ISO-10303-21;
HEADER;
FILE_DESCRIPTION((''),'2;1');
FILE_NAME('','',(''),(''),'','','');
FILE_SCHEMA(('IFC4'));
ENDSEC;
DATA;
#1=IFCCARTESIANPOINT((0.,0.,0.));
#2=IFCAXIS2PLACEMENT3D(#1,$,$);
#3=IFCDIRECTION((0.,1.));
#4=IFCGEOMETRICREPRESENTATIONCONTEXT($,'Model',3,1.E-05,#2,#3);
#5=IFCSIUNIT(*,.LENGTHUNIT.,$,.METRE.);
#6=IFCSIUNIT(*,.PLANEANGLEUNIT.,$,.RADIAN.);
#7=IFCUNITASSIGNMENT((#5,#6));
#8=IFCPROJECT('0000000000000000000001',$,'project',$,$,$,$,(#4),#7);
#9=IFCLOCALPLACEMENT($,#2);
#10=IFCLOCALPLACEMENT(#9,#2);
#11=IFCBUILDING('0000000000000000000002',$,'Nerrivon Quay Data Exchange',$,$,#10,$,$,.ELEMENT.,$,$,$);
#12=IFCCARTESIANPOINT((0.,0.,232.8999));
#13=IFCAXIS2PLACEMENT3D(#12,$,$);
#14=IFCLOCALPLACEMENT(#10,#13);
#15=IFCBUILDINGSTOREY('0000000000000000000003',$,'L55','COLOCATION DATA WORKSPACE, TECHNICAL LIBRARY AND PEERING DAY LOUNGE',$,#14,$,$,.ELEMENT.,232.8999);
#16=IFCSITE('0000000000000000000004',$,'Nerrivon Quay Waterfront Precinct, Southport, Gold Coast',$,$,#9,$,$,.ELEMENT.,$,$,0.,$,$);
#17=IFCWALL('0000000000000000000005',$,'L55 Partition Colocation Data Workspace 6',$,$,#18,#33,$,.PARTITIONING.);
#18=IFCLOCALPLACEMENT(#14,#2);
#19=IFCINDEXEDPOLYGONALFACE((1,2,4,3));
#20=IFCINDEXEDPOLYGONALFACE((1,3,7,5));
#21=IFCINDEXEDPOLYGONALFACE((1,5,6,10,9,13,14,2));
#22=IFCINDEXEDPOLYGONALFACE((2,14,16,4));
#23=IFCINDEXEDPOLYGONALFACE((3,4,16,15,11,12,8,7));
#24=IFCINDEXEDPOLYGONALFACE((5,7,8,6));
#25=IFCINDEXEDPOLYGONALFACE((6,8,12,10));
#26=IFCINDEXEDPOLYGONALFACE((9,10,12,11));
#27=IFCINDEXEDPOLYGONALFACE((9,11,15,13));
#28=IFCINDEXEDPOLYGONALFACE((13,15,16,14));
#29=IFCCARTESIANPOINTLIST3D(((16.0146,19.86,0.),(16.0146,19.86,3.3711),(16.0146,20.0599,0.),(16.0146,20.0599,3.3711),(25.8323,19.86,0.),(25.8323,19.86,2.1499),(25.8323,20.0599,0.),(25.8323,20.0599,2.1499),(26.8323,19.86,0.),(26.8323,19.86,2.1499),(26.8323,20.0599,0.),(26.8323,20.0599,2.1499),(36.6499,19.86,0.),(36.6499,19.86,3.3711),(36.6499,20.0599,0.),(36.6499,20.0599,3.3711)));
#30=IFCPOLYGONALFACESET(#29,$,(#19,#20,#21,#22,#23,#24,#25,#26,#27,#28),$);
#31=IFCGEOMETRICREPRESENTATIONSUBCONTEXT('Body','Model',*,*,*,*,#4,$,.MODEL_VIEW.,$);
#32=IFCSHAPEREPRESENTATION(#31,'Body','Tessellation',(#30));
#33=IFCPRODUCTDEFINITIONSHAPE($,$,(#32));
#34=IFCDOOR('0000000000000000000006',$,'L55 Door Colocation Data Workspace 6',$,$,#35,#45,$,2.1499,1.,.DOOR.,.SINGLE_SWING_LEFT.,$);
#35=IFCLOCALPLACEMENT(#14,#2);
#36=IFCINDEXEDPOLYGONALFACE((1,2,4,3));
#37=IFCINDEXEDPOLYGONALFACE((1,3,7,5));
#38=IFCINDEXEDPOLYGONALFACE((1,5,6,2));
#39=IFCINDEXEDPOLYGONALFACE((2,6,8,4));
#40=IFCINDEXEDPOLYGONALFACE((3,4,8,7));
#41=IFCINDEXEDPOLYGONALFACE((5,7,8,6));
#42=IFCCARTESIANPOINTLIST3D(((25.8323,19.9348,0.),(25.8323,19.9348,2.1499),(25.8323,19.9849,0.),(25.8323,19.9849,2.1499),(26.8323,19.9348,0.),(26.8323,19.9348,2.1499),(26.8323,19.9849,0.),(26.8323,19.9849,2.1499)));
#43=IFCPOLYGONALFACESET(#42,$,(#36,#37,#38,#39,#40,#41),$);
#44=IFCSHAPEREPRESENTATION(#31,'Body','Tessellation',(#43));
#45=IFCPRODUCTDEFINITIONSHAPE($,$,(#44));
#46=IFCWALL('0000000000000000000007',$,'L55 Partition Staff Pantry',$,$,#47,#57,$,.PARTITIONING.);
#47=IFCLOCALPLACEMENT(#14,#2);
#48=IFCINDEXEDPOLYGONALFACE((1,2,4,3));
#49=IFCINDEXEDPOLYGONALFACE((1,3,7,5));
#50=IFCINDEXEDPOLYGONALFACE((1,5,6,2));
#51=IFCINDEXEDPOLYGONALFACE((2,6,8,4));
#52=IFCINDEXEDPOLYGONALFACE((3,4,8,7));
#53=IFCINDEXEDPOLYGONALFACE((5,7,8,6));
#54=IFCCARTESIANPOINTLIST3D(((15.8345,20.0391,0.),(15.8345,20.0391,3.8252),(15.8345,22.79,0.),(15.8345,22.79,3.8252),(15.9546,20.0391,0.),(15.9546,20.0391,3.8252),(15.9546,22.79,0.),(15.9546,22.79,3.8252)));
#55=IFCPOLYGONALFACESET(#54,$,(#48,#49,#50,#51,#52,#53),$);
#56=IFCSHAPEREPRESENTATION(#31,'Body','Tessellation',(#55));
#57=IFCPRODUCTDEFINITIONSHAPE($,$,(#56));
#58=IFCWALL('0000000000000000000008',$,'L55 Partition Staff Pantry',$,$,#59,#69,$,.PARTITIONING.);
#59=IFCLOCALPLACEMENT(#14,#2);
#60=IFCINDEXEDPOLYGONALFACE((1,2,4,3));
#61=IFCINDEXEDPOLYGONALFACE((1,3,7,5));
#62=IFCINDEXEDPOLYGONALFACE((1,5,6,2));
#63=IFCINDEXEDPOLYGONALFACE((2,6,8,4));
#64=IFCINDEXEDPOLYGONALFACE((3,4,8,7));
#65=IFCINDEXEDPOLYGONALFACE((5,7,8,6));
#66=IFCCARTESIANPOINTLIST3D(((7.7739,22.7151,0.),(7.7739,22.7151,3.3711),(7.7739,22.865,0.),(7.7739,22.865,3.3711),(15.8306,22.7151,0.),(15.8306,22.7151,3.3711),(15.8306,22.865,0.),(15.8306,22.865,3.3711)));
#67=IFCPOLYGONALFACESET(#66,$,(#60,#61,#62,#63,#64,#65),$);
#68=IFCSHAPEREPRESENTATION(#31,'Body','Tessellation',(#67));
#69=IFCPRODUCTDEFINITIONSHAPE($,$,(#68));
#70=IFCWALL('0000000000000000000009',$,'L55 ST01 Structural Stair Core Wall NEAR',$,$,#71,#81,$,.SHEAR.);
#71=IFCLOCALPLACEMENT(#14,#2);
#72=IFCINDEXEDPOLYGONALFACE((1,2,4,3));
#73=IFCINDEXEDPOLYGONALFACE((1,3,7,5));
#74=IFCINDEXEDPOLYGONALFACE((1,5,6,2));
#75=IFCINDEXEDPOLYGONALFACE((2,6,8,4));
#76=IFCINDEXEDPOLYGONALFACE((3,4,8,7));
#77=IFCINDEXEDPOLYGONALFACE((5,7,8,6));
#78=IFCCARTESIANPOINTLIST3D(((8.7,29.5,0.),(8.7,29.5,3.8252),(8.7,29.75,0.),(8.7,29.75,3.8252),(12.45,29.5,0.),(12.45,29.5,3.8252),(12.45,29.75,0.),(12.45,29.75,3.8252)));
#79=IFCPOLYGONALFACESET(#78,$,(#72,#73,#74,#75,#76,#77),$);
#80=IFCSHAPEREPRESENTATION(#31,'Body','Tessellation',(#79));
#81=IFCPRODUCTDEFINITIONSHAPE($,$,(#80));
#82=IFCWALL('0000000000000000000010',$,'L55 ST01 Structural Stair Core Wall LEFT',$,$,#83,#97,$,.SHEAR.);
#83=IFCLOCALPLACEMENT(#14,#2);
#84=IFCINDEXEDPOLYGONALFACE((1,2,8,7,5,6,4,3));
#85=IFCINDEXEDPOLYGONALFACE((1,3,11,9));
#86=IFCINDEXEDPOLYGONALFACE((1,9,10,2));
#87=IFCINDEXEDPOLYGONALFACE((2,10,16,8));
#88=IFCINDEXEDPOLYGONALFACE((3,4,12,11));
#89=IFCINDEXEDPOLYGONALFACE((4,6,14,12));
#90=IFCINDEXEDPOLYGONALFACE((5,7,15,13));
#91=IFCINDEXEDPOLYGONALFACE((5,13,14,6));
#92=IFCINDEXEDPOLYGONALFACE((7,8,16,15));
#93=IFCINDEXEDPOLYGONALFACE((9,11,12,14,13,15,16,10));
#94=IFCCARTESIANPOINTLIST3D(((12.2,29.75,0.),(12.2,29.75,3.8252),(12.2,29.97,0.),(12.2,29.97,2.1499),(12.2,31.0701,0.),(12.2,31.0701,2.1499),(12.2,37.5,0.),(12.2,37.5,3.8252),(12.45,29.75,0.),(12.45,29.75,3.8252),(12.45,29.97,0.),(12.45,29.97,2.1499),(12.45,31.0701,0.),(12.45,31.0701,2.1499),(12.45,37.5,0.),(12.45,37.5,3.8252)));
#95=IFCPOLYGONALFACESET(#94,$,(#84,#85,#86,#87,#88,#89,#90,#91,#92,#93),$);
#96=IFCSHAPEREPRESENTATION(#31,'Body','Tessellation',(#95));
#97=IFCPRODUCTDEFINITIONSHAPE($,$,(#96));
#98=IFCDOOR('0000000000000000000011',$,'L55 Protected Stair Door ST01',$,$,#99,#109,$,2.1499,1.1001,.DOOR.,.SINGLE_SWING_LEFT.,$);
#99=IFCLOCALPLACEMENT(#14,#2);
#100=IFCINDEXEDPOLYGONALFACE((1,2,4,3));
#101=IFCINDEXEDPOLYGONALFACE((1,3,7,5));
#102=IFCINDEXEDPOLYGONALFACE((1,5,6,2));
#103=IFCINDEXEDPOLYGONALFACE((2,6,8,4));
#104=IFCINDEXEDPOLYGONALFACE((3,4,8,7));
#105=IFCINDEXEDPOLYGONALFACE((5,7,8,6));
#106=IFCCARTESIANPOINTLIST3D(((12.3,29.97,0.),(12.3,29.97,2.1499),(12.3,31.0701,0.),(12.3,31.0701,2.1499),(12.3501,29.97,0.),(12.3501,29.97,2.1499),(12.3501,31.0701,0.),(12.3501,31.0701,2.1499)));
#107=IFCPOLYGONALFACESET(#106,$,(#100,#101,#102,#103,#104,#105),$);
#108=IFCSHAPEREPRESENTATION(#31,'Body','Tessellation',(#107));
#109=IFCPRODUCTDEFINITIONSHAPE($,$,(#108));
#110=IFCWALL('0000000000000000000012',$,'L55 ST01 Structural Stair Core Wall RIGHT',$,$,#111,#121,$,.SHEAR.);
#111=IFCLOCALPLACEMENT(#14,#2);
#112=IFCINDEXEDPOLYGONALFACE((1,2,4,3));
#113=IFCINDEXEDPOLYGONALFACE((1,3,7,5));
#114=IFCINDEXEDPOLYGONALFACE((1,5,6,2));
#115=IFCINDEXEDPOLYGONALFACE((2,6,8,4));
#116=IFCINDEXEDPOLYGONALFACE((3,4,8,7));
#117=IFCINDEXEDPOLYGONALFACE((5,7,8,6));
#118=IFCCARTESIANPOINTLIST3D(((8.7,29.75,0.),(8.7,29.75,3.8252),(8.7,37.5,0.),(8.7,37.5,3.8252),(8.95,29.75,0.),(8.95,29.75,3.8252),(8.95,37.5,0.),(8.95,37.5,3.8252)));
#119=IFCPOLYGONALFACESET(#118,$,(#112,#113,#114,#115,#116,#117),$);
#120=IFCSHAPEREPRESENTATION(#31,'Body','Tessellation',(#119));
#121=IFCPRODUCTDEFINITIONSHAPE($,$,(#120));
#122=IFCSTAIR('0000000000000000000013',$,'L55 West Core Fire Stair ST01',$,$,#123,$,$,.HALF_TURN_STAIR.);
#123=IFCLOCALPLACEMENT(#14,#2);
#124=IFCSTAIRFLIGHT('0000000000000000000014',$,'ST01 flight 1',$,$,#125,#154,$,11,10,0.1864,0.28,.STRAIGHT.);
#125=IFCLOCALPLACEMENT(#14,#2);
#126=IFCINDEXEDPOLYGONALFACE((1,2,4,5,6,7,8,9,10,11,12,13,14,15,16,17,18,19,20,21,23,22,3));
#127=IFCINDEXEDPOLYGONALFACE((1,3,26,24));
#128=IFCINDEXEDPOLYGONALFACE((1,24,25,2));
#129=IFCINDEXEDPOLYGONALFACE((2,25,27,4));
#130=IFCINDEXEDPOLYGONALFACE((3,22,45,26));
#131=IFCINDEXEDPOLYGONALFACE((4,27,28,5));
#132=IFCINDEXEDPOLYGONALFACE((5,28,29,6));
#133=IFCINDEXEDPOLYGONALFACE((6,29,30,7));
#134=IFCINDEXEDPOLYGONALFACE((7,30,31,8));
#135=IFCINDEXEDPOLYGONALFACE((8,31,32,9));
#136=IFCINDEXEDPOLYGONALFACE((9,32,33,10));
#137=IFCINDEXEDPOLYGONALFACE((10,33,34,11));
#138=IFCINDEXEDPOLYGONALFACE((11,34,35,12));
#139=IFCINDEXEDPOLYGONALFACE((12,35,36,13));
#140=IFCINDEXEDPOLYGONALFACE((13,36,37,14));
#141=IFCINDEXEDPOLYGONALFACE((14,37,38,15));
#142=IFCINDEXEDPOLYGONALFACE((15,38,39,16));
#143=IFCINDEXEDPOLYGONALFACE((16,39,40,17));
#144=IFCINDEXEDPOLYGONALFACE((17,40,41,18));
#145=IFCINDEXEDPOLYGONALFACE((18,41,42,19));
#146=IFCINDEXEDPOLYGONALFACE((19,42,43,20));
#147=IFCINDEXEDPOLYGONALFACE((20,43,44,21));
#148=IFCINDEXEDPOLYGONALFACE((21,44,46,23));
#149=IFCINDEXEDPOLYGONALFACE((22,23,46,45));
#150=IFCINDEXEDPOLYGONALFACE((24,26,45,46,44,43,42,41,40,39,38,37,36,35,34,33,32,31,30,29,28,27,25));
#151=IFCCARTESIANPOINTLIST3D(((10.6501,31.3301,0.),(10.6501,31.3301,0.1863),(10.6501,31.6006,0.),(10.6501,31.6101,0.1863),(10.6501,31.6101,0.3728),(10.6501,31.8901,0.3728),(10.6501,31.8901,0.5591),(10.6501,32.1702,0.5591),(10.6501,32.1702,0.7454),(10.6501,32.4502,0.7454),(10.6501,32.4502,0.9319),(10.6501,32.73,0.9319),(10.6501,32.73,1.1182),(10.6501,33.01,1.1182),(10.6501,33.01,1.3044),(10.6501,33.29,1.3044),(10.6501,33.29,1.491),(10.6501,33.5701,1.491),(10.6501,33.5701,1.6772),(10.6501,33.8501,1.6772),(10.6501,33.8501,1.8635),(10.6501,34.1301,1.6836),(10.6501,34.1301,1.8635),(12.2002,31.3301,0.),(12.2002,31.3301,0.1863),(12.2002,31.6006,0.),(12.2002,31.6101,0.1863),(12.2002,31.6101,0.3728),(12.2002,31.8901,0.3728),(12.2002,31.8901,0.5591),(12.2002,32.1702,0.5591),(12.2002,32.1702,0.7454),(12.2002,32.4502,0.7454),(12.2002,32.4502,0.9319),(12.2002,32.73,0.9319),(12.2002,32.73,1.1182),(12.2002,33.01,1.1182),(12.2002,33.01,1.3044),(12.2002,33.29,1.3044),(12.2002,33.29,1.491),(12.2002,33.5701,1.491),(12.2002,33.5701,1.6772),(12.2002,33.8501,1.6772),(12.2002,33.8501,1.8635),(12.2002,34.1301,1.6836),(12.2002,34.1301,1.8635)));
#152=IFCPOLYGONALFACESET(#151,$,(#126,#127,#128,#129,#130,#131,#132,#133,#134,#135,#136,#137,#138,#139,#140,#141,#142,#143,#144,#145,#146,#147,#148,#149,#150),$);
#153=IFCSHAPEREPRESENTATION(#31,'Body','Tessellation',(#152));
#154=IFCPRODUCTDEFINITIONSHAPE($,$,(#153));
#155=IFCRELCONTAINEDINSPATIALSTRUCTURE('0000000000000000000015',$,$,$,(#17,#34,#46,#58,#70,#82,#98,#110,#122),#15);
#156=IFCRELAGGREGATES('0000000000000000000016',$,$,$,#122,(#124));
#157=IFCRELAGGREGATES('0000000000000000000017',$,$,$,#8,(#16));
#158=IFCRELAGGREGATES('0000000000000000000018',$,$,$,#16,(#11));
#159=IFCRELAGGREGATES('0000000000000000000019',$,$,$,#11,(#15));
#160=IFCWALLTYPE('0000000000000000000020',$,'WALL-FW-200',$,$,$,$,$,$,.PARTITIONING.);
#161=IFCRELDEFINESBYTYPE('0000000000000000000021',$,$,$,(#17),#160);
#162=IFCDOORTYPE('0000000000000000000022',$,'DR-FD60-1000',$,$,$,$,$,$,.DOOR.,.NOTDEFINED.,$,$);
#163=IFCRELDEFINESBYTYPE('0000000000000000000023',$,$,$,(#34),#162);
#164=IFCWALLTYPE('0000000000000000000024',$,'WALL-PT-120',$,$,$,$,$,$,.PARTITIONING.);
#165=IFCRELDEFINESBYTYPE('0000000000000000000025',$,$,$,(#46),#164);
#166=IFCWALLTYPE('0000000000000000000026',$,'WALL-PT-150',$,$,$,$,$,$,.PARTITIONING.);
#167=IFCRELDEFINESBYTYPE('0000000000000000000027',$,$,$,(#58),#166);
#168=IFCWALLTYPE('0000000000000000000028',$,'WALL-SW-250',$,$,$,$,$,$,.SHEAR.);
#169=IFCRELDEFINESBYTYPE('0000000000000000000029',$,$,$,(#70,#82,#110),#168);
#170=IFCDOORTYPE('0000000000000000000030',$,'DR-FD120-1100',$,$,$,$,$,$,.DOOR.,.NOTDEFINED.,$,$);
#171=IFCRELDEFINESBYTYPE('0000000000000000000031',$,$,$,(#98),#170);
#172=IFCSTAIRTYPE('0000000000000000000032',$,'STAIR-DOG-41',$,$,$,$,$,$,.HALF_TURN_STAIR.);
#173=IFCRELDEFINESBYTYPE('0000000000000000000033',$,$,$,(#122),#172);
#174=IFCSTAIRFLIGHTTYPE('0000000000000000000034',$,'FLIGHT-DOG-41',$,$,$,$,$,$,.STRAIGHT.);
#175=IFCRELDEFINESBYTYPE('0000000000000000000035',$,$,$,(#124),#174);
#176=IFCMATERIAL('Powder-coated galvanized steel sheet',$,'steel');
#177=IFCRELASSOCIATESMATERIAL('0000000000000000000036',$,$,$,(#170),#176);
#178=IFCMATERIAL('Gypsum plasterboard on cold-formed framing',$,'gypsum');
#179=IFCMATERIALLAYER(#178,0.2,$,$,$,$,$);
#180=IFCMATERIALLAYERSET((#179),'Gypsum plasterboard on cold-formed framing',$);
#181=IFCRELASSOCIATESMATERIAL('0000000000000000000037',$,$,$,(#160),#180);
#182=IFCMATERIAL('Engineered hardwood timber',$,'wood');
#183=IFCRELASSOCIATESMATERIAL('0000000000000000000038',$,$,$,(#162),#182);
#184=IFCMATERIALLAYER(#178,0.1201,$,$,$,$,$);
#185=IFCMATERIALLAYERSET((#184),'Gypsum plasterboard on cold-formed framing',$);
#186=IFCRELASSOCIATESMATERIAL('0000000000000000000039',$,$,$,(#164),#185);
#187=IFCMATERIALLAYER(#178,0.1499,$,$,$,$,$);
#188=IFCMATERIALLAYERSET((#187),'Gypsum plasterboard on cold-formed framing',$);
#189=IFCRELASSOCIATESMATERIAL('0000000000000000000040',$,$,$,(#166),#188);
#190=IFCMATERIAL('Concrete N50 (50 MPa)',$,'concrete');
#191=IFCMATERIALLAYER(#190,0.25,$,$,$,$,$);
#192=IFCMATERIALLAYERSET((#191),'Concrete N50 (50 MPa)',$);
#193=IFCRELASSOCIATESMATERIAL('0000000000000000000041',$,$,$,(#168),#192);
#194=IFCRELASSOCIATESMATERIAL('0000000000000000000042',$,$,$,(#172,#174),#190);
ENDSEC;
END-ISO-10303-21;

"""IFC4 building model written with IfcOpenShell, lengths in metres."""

from ifc_helpers import new_model, si_unit, direction, frame, frame_2d, origin, place, context, subcontext, project, spatial, polyline, rectangle, outline, extrude, material, layer, layer_set, type_object, element, fill, aggregate, save


model = new_model("IFC4")

# Units and contexts
model_context = context("Model", 3, precision=1e-05, world=origin(), true_north=direction((0.0, 1.0)))
body_context = subcontext(model_context, "Body", "Model", "MODEL_VIEW")
ifc_project = project(units=[si_unit("LENGTHUNIT", "METRE"), si_unit("PLANEANGLEUNIT", "RADIAN")], contexts=[model_context])

# Site, building, storey
site_placement = place(None, origin())
site = spatial("IfcSite", under=ifc_project, at=site_placement, Name="Nerrivon Quay Waterfront Precinct, Southport, Gold Coast", CompositionType="ELEMENT", RefElevation=0.0)
building_placement = place(site_placement, origin())
building = spatial("IfcBuilding", under=site, at=building_placement, Name="Nerrivon Quay Data Exchange", CompositionType="ELEMENT")
storey_placement = place(building_placement, frame((0.0, 0.0, 232.8999)))
storey = spatial("IfcBuildingStorey", under=building, at=storey_placement, Name="L55", Description="COLOCATION DATA WORKSPACE, TECHNICAL LIBRARY AND PEERING DAY LOUNGE", CompositionType="ELEMENT", Elevation=232.8999)

# Shared definitions
ifc_material_1 = material(Name="Concrete N50 (50 MPa)", Category="concrete")
ifc_material_2 = material(Name="Powder-coated galvanized steel sheet", Category="steel")
door_type_1 = type_object("IfcDoorType", Name="DR-FD120-1100", OperationType="NOTDEFINED", PredefinedType="DOOR", material=ifc_material_2)
ifc_material_3 = material(Name="Gypsum plasterboard on cold-formed framing", Category="gypsum")
ifc_layer_1 = layer(ifc_material_3, 0.2)
ifc_layer_set_1 = layer_set([ifc_layer_1], Name="Gypsum plasterboard on cold-formed framing")
wall_type_1 = type_object("IfcWallType", Name="WALL-FW-200", PredefinedType="PARTITIONING", material=ifc_layer_set_1)

# Wall, opening, door
ifc_material_4 = material(Name="Engineered hardwood timber", Category="wood")
wall_1_placement = place(storey_placement, frame((16.0146, 19.96, 0.0), z_axis=(0.0, 0.0, 1.0), x_axis=(1.0, 0.0, 0.0)))
wall_1 = element("IfcWall", 1, at=wall_1_placement, inside=storey, type_object=wall_type_1, Name="L55 Partition Colocation Data Workspace 6", PredefinedType="PARTITIONING", context=body_context, shape_type="SweptSolid", body=[
    extrude(rectangle(XDim=20.6353, YDim=0.2, at=frame_2d((10.3176, 0.0))), origin(), (0.0, 0.0, 1.0), 3.3711),
])
opening_1_placement = place(wall_1_placement, frame((9.8176, 0.0, 0.0)))
opening_1 = element("IfcOpeningElement", 2, at=opening_1_placement, cuts=wall_1, PredefinedType="OPENING", context=body_context, shape_type="SweptSolid", body=[
    extrude(rectangle(XDim=1.0, YDim=2.1499, at=frame_2d((0.5, 1.075))), frame((0.0, 0.1099, 0.0), z_axis=(0.0, -1.0, 0.0), x_axis=(1.0, 0.0, 0.0)), (0.0, 0.0, 1.0), 0.22),
])
door_type_2 = type_object("IfcDoorType", Name="DR-FD60-1000", OperationType="NOTDEFINED", PredefinedType="DOOR", material=ifc_material_4)
door_1_placement = place(opening_1_placement, origin())
door_1 = element("IfcDoor", 3, at=door_1_placement, inside=storey, type_object=door_type_2, Name="L55 Door Colocation Data Workspace 6", OperationType="SINGLE_SWING_LEFT", OverallHeight=2.1499, OverallWidth=1.0, PredefinedType="DOOR", context=body_context, shape_type="SweptSolid", body=[
    extrude(rectangle(XDim=1.0, YDim=2.1499, at=frame_2d((0.5, 1.075))), frame((0.0, 0.0249, 0.0), z_axis=(0.0, -1.0, 0.0), x_axis=(1.0, 0.0, 0.0)), (0.0, 0.0, 1.0), 0.05),
])
fill(opening_1, door_1)

# Walls
ifc_layer_2 = layer(ifc_material_3, 0.1201)
ifc_layer_set_2 = layer_set([ifc_layer_2], Name="Gypsum plasterboard on cold-formed framing")
wall_type_2 = type_object("IfcWallType", Name="WALL-PT-120", PredefinedType="PARTITIONING", material=ifc_layer_set_2)
wall_2_placement = place(storey_placement, frame((15.8945, 20.0391, 0.0), z_axis=(0.0, 0.0, 1.0), x_axis=(0.0, 1.0, 0.0)))
element("IfcWall", 4, at=wall_2_placement, inside=storey, type_object=wall_type_2, Name="L55 Partition Staff Pantry", PredefinedType="PARTITIONING", context=body_context, shape_type="SweptSolid", body=[
    extrude(rectangle(XDim=2.751, YDim=0.1201, at=frame_2d((1.3755, 0.0))), origin(), (0.0, 0.0, 1.0), 3.8252),
])
ifc_layer_3 = layer(ifc_material_3, 0.1499)
ifc_layer_set_3 = layer_set([ifc_layer_3], Name="Gypsum plasterboard on cold-formed framing")
wall_type_3 = type_object("IfcWallType", Name="WALL-PT-150", PredefinedType="PARTITIONING", material=ifc_layer_set_3)
wall_3_placement = place(storey_placement, frame((15.8306, 22.79, 0.0), z_axis=(0.0, 0.0, 1.0), x_axis=(-1.0, 0.0, 0.0)))
element("IfcWall", 5, at=wall_3_placement, inside=storey, type_object=wall_type_3, Name="L55 Partition Staff Pantry", PredefinedType="PARTITIONING", context=body_context, shape_type="SweptSolid", body=[
    extrude(rectangle(XDim=8.0566, YDim=0.1499, at=frame_2d((4.0283, 0.0))), origin(), (0.0, 0.0, 1.0), 3.3711),
])
ifc_layer_4 = layer(ifc_material_1, 0.25)
ifc_layer_set_4 = layer_set([ifc_layer_4], Name="Concrete N50 (50 MPa)")
wall_type_4 = type_object("IfcWallType", Name="WALL-SW-250", PredefinedType="SHEAR", material=ifc_layer_set_4)
wall_4_placement = place(storey_placement, frame((12.45, 29.625, 0.0), z_axis=(0.0, 0.0, 1.0), x_axis=(-1.0, 0.0, 0.0)))
element("IfcWall", 6, at=wall_4_placement, inside=storey, type_object=wall_type_4, Name="L55 ST01 Structural Stair Core Wall NEAR", PredefinedType="SHEAR", context=body_context, shape_type="SweptSolid", body=[
    extrude(rectangle(XDim=3.75, YDim=0.25, at=frame_2d((1.875, 0.0))), origin(), (0.0, 0.0, 1.0), 3.8252),
])

# Wall, opening, door
wall_5_placement = place(storey_placement, frame((12.325, 29.75, 0.0), z_axis=(0.0, 0.0, 1.0), x_axis=(0.0, 1.0, 0.0)))
wall_5 = element("IfcWall", 7, at=wall_5_placement, inside=storey, type_object=wall_type_4, Name="L55 ST01 Structural Stair Core Wall LEFT", PredefinedType="SHEAR", context=body_context, shape_type="SweptSolid", body=[
    extrude(rectangle(XDim=7.75, YDim=0.25, at=frame_2d((3.875, 0.0))), origin(), (0.0, 0.0, 1.0), 3.8252),
])
opening_2_placement = place(wall_5_placement, frame((0.22, 0.0, 0.0)))
opening_2 = element("IfcOpeningElement", 8, at=opening_2_placement, cuts=wall_5, PredefinedType="OPENING", context=body_context, shape_type="SweptSolid", body=[
    extrude(rectangle(XDim=1.1001, YDim=2.1499, at=frame_2d((0.55, 1.075))), frame((0.0, 0.135, 0.0), z_axis=(0.0, -1.0, 0.0), x_axis=(1.0, 0.0, 0.0)), (0.0, 0.0, 1.0), 0.27),
])
door_2_placement = place(opening_2_placement, origin())
door_2 = element("IfcDoor", 9, at=door_2_placement, inside=storey, type_object=door_type_1, Name="L55 Protected Stair Door ST01", OperationType="SINGLE_SWING_LEFT", OverallHeight=2.1499, OverallWidth=1.1001, PredefinedType="DOOR", context=body_context, shape_type="SweptSolid", body=[
    extrude(rectangle(XDim=1.1001, YDim=2.1499, at=frame_2d((0.55, 1.075))), frame((0.0, 0.0249, 0.0), z_axis=(0.0, -1.0, 0.0), x_axis=(1.0, 0.0, 0.0)), (0.0, 0.0, 1.0), 0.05),
])
fill(opening_2, door_2)

# Wall
wall_6_placement = place(storey_placement, frame((8.825, 29.75, 0.0), z_axis=(0.0, 0.0, 1.0), x_axis=(0.0, 1.0, 0.0)))
element("IfcWall", 10, at=wall_6_placement, inside=storey, type_object=wall_type_4, Name="L55 ST01 Structural Stair Core Wall RIGHT", PredefinedType="SHEAR", context=body_context, shape_type="SweptSolid", body=[
    extrude(rectangle(XDim=7.75, YDim=0.25, at=frame_2d((3.875, 0.0))), origin(), (0.0, 0.0, 1.0), 3.8252),
])

# Stair, stair flight
stair_type = type_object("IfcStairType", Name="STAIR-DOG-41", PredefinedType="HALF_TURN_STAIR", material=ifc_material_1)
stair_placement = place(storey_placement, origin())
stair = element("IfcStair", 11, at=stair_placement, inside=storey, type_object=stair_type, Name="L55 West Core Fire Stair ST01", PredefinedType="HALF_TURN_STAIR")
stair_flight_type = type_object("IfcStairFlightType", Name="FLIGHT-DOG-41", PredefinedType="STRAIGHT", material=ifc_material_1)
stair_flight_placement = place(storey_placement, frame((11.425, 31.3301, 0.0), z_axis=(0.0, 0.0, 1.0), x_axis=(0.0, 1.0, 0.0)))
stair_flight = element("IfcStairFlight", 12, at=stair_flight_placement, type_object=stair_flight_type, Name="ST01 flight 1", NumberOfRisers=11, NumberOfTreads=10, PredefinedType="STRAIGHT", RiserHeight=0.1864, TreadLength=0.28, context=body_context, shape_type="SweptSolid", body=[
    extrude(outline(polyline([(0.0, 0.0), (0.0, 0.1863), (0.28, 0.1863), (0.28, 0.3728), (0.5601, 0.3728), (0.5601, 0.5591), (0.8401, 0.5591), (0.8401, 0.7454), (1.1201, 0.7454), (1.1201, 0.9319), (1.3999, 0.9319), (1.3999, 1.1182), (1.6799, 1.1182), (1.6799, 1.3044), (1.96, 1.3044), (1.96, 1.491), (2.24, 1.491), (2.24, 1.6772), (2.52, 1.6772), (2.52, 1.8635), (2.8, 1.8635), (2.8, 2.05), (2.8, 1.6836), (0.2705, 0.0), (0.0, 0.0)])), frame((0.0, 0.7749, 0.0), z_axis=(0.0, -1.0, 0.0), x_axis=(1.0, 0.0, 0.0)), (0.0, 0.0, 1.0), 1.55),
])
aggregate(stair, [stair_flight])

save(model, "model.ifc")
